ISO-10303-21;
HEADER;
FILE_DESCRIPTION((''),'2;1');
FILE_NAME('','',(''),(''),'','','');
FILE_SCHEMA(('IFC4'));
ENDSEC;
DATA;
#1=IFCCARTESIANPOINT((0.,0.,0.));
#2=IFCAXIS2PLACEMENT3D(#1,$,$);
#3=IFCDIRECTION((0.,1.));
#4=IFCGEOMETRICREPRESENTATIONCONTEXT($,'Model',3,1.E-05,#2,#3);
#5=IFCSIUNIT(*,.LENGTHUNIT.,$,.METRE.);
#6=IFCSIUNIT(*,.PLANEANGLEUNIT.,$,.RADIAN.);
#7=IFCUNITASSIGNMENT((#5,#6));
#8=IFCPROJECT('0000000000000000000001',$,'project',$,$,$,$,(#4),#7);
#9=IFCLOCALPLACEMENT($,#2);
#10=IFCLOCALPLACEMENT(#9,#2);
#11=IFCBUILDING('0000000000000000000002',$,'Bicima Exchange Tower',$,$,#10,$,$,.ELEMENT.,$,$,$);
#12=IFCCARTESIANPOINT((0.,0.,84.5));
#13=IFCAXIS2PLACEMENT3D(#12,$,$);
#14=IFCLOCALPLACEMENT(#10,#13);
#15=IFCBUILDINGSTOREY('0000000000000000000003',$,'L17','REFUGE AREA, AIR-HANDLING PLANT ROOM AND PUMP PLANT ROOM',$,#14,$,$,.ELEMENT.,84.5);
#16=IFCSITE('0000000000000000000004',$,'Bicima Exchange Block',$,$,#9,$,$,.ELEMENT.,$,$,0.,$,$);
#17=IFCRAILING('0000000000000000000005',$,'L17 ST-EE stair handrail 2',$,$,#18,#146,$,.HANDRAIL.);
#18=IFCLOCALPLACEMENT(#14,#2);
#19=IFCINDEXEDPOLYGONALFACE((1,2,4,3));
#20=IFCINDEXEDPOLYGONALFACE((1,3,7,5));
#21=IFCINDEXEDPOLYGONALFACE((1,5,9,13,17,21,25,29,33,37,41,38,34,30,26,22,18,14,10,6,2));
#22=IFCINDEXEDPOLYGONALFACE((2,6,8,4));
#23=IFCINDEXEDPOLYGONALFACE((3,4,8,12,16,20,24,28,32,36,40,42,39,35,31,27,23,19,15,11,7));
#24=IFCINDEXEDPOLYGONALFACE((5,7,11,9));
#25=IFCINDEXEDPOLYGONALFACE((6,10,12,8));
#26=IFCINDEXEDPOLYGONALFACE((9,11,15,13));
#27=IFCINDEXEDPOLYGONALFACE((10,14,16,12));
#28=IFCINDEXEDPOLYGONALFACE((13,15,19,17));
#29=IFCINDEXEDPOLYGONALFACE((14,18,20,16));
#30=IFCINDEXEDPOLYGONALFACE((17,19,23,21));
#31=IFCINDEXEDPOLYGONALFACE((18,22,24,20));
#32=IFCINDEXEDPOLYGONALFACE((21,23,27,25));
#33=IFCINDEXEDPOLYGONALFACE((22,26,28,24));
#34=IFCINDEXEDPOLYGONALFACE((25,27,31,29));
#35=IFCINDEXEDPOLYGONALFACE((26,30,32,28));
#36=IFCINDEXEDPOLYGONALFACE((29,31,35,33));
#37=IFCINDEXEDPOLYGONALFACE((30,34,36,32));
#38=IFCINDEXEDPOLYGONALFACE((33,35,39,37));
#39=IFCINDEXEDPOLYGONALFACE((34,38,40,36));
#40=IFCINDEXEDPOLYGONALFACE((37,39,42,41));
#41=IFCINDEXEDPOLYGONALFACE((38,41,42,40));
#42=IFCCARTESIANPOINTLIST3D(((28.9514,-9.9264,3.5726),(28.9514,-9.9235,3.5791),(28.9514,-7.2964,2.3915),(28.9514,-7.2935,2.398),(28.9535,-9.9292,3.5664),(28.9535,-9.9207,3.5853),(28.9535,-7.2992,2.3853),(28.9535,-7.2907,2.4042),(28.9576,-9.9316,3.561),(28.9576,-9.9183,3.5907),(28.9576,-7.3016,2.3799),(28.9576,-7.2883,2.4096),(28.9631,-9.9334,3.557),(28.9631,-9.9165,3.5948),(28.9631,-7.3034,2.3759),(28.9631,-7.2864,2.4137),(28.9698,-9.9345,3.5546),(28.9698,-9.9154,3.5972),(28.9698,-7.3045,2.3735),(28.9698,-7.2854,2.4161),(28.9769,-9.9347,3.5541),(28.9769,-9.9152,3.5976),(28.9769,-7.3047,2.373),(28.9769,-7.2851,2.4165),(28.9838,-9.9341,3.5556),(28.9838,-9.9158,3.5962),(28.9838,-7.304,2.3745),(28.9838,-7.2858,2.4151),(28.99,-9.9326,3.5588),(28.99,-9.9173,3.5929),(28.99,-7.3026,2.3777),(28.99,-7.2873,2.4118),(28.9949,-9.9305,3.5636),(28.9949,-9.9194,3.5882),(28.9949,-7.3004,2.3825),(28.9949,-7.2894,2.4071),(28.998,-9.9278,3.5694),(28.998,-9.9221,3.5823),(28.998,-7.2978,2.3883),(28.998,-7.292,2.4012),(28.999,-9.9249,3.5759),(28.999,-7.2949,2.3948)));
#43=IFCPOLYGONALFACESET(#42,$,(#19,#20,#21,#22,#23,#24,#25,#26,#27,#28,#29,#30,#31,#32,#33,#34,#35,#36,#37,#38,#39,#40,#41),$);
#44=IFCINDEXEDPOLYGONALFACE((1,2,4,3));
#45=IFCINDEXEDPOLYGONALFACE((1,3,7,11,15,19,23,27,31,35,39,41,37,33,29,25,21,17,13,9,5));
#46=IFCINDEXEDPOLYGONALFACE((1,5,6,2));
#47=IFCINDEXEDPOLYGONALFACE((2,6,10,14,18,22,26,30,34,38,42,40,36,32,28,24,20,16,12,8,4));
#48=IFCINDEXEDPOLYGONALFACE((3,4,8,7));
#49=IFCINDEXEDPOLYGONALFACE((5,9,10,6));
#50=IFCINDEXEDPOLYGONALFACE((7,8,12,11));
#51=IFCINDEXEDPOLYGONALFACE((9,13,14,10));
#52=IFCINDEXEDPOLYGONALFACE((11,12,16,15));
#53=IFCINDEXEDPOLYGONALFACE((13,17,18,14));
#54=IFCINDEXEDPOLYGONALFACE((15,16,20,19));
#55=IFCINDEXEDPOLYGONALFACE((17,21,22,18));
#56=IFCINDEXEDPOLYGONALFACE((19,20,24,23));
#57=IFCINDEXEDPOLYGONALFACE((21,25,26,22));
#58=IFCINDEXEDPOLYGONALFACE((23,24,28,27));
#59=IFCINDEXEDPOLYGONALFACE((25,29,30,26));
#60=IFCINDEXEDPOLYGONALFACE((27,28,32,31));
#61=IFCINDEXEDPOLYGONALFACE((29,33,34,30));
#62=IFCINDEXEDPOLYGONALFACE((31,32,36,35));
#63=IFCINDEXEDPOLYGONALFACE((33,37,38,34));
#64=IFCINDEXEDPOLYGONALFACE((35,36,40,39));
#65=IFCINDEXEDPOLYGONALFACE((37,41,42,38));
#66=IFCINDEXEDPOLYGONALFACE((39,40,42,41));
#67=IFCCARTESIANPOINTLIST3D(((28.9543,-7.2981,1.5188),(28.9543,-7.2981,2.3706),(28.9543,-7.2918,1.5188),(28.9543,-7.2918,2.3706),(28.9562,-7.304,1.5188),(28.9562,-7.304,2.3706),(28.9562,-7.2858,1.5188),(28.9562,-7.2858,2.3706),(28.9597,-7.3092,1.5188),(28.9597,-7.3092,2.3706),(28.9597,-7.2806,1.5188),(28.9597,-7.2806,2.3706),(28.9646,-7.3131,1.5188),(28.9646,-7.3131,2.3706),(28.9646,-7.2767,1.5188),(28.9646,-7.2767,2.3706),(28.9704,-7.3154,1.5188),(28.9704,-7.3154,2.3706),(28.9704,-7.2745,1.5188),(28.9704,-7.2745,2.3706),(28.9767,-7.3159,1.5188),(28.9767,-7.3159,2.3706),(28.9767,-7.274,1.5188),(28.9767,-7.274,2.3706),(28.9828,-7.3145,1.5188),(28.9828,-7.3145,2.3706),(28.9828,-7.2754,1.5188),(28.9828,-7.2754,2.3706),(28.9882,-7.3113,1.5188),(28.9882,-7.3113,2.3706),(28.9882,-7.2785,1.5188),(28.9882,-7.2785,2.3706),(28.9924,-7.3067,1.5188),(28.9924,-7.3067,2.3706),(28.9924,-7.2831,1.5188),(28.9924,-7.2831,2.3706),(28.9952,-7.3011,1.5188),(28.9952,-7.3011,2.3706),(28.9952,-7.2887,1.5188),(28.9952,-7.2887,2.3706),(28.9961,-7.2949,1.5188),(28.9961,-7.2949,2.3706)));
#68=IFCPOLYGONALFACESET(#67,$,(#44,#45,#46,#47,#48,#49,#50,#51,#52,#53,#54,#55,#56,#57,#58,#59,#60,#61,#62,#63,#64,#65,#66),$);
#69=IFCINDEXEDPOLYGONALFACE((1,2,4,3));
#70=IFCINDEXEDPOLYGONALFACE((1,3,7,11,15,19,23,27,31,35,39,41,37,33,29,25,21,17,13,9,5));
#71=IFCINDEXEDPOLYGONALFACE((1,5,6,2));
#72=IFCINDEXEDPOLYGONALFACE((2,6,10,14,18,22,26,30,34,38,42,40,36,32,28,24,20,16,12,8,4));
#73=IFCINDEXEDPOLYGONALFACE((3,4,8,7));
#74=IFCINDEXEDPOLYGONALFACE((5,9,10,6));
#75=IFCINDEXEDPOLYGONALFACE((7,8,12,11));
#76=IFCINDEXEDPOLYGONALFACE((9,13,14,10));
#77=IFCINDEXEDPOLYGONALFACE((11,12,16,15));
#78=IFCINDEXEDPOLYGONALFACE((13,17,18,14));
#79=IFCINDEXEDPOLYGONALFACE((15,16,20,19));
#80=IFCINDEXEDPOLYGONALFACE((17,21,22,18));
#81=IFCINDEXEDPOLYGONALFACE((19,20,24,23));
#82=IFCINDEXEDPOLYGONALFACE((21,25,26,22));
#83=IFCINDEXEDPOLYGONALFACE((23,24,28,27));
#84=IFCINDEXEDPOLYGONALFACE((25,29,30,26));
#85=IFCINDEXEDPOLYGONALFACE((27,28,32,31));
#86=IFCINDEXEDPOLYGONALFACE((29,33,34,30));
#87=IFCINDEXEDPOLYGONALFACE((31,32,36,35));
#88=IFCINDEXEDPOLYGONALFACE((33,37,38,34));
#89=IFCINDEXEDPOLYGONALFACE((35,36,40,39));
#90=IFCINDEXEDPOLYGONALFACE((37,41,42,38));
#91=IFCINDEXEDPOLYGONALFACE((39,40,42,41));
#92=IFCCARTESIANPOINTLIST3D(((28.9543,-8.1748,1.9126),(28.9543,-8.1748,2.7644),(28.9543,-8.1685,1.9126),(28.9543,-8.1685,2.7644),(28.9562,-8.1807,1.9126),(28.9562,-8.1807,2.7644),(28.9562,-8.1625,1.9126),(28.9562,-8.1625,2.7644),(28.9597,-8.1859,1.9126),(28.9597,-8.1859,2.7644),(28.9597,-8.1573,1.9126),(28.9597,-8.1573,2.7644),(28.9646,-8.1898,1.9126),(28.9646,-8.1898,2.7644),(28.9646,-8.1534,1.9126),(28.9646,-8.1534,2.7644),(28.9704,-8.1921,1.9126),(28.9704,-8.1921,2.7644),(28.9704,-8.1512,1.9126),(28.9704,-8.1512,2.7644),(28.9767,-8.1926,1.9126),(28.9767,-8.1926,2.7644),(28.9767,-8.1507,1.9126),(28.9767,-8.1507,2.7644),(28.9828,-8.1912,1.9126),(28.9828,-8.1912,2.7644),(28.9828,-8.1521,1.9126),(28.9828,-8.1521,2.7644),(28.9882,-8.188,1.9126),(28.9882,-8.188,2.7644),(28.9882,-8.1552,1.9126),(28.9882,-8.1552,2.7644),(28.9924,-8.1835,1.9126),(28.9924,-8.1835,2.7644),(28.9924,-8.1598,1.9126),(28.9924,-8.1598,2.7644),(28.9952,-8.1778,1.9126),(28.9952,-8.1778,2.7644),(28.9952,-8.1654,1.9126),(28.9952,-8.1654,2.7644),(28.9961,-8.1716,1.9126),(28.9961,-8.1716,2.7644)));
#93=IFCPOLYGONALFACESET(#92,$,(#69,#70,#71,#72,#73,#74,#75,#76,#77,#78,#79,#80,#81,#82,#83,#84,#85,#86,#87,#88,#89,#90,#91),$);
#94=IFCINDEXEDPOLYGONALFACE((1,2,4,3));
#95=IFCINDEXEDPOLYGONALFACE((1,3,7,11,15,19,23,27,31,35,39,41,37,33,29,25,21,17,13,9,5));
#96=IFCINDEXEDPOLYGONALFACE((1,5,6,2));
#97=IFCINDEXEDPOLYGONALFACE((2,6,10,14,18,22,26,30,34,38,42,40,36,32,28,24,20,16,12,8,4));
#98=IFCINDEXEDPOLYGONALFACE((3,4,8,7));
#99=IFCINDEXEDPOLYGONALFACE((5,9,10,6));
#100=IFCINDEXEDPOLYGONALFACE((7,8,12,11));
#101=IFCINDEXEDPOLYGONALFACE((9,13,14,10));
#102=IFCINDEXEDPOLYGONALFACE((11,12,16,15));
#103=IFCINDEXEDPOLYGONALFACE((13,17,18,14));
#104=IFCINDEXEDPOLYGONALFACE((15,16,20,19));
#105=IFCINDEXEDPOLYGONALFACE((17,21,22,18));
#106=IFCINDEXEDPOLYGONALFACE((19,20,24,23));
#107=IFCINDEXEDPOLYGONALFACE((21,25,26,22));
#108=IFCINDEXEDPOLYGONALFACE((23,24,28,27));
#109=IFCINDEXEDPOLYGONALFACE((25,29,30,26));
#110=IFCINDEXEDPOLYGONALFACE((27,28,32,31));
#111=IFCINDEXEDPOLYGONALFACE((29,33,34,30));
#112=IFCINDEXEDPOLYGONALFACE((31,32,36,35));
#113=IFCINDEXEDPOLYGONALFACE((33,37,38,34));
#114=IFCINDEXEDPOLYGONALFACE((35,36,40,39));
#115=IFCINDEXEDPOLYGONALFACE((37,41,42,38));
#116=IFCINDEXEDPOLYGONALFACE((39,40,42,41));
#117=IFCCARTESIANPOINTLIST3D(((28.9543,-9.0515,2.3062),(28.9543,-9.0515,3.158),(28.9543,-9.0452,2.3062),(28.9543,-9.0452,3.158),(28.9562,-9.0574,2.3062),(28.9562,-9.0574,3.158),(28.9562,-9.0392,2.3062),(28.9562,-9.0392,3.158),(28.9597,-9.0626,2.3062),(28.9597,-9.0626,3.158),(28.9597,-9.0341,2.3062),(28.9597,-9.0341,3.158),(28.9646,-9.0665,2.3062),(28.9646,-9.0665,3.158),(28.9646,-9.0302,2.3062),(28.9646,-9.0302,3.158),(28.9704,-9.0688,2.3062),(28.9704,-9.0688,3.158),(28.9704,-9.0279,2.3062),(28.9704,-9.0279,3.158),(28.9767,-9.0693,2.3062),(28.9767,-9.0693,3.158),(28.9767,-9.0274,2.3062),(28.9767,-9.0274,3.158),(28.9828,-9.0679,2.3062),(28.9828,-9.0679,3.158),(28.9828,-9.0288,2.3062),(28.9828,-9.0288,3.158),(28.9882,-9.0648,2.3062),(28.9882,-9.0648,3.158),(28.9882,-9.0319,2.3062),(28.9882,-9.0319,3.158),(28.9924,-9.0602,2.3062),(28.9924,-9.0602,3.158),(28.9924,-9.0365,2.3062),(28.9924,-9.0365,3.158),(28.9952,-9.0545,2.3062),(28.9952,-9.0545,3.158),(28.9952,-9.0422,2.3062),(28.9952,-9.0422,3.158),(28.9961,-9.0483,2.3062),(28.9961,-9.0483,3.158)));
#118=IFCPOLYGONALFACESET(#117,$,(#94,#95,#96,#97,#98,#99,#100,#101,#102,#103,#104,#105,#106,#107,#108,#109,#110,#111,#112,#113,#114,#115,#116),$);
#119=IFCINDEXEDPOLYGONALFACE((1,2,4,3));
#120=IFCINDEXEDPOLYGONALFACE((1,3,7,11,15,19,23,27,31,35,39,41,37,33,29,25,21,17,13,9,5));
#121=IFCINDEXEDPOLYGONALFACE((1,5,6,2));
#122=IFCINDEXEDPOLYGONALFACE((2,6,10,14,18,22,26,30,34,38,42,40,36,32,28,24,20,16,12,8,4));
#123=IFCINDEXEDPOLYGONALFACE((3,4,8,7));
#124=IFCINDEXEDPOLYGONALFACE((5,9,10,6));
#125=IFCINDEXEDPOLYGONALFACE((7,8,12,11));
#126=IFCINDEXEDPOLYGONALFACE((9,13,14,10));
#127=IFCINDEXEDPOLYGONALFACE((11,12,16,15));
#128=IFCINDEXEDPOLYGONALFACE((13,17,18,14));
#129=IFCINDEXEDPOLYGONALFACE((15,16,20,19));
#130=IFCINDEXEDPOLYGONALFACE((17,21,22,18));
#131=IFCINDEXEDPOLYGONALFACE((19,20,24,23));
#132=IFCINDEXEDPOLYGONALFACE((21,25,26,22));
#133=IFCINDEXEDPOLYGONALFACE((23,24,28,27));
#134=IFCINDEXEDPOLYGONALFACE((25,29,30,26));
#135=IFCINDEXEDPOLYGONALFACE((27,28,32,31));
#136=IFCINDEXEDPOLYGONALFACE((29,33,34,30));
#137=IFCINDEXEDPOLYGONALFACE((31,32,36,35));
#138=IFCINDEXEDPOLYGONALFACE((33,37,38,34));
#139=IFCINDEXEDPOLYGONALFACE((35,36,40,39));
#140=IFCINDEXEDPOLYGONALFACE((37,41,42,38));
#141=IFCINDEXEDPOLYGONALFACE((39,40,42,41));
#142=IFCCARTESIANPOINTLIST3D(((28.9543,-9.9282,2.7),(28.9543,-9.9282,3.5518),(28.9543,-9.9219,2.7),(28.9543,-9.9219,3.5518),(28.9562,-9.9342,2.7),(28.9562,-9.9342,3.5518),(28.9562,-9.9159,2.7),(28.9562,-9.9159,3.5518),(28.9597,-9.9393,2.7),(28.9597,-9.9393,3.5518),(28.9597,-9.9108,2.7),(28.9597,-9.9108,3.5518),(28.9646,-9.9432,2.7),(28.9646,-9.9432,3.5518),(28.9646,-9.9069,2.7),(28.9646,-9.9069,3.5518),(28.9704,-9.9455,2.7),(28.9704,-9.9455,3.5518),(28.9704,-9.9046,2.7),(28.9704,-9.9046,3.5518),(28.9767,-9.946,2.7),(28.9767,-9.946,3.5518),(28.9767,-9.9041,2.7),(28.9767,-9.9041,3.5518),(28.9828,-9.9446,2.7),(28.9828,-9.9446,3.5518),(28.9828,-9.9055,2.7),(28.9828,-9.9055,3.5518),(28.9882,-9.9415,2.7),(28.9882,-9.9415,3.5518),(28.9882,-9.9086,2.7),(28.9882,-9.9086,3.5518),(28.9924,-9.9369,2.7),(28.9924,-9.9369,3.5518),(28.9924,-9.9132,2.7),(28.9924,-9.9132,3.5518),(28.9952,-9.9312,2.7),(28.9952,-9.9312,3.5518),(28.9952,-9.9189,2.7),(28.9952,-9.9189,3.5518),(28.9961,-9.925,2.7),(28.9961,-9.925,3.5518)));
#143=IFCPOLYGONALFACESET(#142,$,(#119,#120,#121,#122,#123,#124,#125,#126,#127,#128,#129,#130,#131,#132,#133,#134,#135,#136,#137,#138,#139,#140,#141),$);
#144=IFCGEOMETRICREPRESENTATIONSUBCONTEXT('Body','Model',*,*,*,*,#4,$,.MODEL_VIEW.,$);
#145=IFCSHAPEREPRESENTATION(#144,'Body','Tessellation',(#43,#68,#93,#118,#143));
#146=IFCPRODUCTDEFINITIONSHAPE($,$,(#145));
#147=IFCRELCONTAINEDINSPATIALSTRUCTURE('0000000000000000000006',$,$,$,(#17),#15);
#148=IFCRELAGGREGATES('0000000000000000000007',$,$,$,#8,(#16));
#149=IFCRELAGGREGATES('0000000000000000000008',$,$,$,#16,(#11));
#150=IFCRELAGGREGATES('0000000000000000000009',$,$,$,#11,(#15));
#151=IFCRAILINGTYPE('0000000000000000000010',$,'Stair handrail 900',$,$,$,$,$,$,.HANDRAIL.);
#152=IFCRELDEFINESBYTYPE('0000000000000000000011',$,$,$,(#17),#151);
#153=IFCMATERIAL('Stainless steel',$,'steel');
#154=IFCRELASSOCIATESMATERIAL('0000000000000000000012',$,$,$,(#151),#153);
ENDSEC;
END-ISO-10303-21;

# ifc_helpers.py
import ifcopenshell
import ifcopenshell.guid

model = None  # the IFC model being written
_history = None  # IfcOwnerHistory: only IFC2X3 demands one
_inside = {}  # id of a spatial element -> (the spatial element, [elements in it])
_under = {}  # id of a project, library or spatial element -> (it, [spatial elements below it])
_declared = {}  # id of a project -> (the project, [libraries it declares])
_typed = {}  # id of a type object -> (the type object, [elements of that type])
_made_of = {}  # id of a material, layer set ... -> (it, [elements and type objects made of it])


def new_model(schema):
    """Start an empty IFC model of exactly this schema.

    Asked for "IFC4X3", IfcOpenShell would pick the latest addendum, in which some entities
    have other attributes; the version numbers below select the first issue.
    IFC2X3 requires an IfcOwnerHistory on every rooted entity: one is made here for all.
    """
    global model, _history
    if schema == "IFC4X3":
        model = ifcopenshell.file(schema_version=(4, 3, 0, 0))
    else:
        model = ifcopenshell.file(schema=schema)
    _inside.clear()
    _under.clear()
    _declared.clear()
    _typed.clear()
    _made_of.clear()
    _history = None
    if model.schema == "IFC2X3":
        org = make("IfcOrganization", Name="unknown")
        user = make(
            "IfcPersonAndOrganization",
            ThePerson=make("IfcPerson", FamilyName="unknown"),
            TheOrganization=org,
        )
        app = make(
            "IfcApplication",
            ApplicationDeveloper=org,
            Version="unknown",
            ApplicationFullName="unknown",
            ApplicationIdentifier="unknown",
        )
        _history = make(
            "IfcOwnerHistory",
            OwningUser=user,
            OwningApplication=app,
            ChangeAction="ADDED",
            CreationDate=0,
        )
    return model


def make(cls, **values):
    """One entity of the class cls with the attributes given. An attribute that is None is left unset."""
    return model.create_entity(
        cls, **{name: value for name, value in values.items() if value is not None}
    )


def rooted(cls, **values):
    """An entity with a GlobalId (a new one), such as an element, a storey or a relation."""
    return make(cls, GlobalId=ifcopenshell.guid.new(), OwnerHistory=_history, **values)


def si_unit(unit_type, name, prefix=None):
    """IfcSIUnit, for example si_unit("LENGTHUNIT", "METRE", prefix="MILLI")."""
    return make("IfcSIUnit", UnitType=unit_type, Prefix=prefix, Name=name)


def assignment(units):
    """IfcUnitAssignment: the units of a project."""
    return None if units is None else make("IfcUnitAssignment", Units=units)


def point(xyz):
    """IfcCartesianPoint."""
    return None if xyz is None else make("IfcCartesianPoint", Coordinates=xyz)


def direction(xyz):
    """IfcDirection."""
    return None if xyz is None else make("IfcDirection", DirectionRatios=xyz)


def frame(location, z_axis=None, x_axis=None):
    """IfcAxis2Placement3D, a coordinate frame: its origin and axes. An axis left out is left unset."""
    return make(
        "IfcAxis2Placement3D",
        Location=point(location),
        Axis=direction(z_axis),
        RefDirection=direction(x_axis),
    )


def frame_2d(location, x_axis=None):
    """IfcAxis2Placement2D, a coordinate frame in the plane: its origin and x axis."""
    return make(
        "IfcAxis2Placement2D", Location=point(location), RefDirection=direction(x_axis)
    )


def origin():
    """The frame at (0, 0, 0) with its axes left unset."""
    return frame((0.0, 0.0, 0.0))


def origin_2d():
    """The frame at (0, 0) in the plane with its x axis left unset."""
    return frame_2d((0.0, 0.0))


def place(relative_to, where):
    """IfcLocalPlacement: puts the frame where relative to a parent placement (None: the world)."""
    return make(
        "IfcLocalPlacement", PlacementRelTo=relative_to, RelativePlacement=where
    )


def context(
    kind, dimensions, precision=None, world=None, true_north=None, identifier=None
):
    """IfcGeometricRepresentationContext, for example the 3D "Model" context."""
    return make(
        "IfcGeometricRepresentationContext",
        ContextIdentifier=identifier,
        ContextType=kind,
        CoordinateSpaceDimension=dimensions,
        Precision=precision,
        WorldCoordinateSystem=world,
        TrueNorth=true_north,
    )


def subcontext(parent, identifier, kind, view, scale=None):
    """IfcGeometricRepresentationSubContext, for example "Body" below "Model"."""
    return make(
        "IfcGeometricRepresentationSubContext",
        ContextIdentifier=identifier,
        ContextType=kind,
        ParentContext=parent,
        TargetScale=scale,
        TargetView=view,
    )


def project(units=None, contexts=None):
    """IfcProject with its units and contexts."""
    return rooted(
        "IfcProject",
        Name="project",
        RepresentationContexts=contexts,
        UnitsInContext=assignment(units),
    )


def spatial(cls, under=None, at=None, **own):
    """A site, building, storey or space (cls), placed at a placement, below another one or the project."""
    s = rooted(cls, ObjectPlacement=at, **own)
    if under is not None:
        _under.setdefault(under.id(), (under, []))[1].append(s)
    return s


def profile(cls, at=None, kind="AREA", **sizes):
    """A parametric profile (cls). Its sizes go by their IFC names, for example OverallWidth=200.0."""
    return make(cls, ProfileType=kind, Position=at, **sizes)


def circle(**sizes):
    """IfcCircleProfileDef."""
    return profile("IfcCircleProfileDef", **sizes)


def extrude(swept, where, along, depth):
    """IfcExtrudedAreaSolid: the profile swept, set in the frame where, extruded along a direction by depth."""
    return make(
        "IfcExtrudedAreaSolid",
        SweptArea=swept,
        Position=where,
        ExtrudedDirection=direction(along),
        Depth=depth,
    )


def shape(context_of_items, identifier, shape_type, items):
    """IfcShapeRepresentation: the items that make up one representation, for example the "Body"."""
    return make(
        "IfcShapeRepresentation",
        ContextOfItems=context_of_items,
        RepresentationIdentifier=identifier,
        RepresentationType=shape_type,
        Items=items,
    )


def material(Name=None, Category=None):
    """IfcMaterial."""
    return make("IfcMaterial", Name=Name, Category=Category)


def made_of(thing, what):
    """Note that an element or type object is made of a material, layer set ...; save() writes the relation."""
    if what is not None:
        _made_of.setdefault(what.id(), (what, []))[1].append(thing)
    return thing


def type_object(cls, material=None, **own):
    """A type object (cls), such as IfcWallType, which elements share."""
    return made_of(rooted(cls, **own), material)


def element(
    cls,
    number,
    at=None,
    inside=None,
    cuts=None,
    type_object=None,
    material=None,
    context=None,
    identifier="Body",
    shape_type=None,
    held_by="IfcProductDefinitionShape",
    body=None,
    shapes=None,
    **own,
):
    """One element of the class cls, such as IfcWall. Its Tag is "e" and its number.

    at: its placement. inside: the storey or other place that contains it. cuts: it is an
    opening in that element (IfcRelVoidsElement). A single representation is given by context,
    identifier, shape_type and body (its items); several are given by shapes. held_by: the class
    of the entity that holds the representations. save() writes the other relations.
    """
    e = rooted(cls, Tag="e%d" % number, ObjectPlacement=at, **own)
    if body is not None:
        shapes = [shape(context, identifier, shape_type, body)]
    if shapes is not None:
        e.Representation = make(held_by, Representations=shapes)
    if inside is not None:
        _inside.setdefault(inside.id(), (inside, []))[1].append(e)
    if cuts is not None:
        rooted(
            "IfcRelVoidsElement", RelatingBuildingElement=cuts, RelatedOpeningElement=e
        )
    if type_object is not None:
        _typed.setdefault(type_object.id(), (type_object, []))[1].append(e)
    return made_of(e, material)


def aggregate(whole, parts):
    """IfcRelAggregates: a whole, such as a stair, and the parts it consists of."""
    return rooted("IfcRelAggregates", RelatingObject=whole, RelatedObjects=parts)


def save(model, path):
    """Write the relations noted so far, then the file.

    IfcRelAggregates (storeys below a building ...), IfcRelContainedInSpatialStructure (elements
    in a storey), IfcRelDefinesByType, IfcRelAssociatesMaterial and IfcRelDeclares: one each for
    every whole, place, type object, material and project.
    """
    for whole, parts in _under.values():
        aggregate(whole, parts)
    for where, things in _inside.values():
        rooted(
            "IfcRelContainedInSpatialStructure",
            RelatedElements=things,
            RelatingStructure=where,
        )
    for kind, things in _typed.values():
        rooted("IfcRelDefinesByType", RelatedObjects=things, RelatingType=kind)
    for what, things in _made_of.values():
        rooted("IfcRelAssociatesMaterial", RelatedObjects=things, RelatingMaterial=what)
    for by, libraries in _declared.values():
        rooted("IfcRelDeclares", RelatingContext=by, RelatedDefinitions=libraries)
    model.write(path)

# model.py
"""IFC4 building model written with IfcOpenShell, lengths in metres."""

from ifc_helpers import new_model, si_unit, direction, frame, origin, origin_2d, place, context, subcontext, project, spatial, circle, extrude, material, type_object, element, save


model = new_model("IFC4")

# Units and contexts
model_context = context("Model", 3, precision=1e-05, world=origin(), true_north=direction((0.0, 1.0)))
body_context = subcontext(model_context, "Body", "Model", "MODEL_VIEW")
ifc_project = project(units=[si_unit("LENGTHUNIT", "METRE"), si_unit("PLANEANGLEUNIT", "RADIAN")], contexts=[model_context])

# Site, building, storey
site_placement = place(None, origin())
site = spatial("IfcSite", under=ifc_project, at=site_placement, Name="Bicima Exchange Block", CompositionType="ELEMENT", RefElevation=0.0)
building_placement = place(site_placement, origin())
building = spatial("IfcBuilding", under=site, at=building_placement, Name="Bicima Exchange Tower", CompositionType="ELEMENT")
storey_placement = place(building_placement, frame((0.0, 0.0, 84.5)))
storey = spatial("IfcBuildingStorey", under=building, at=storey_placement, Name="L17", Description="REFUGE AREA, AIR-HANDLING PLANT ROOM AND PUMP PLANT ROOM", CompositionType="ELEMENT", Elevation=84.5)

# Railing
ifc_material_1 = material(Name="Stainless steel", Category="steel")
railing_type_1 = type_object("IfcRailingType", Name="Stair handrail 900", PredefinedType="HANDRAIL", material=ifc_material_1)
railing_1_placement = place(storey_placement, frame((28.9751, -7.2949, 1.5188)))
element("IfcRailing", 1, at=railing_1_placement, inside=storey, type_object=railing_type_1, Name="L17 ST-EE stair handrail 2", PredefinedType="HANDRAIL", context=body_context, shape_type="SweptSolid", body=[
    extrude(circle(Radius=0.0239, at=origin_2d()), frame((0.0, 0.0, 0.876), z_axis=(0.0, -0.912233, 0.409671), x_axis=(1.0, 0.0, 0.0)), (0.0, 0.0, 1.0), 2.8831),
    extrude(circle(Radius=0.021, at=origin_2d()), origin(), (0.0, 0.0, 1.0), 0.8518),
    extrude(circle(Radius=0.021, at=origin_2d()), frame((0.0, -0.8767, 0.3938)), (0.0, 0.0, 1.0), 0.8518),
    extrude(circle(Radius=0.021, at=origin_2d()), frame((0.0, -1.7534, 0.7874)), (0.0, 0.0, 1.0), 0.8518),
    extrude(circle(Radius=0.021, at=origin_2d()), frame((0.0, -2.6301, 1.1812)), (0.0, 0.0, 1.0), 0.8518),
])

save(model, "model.ifc")
